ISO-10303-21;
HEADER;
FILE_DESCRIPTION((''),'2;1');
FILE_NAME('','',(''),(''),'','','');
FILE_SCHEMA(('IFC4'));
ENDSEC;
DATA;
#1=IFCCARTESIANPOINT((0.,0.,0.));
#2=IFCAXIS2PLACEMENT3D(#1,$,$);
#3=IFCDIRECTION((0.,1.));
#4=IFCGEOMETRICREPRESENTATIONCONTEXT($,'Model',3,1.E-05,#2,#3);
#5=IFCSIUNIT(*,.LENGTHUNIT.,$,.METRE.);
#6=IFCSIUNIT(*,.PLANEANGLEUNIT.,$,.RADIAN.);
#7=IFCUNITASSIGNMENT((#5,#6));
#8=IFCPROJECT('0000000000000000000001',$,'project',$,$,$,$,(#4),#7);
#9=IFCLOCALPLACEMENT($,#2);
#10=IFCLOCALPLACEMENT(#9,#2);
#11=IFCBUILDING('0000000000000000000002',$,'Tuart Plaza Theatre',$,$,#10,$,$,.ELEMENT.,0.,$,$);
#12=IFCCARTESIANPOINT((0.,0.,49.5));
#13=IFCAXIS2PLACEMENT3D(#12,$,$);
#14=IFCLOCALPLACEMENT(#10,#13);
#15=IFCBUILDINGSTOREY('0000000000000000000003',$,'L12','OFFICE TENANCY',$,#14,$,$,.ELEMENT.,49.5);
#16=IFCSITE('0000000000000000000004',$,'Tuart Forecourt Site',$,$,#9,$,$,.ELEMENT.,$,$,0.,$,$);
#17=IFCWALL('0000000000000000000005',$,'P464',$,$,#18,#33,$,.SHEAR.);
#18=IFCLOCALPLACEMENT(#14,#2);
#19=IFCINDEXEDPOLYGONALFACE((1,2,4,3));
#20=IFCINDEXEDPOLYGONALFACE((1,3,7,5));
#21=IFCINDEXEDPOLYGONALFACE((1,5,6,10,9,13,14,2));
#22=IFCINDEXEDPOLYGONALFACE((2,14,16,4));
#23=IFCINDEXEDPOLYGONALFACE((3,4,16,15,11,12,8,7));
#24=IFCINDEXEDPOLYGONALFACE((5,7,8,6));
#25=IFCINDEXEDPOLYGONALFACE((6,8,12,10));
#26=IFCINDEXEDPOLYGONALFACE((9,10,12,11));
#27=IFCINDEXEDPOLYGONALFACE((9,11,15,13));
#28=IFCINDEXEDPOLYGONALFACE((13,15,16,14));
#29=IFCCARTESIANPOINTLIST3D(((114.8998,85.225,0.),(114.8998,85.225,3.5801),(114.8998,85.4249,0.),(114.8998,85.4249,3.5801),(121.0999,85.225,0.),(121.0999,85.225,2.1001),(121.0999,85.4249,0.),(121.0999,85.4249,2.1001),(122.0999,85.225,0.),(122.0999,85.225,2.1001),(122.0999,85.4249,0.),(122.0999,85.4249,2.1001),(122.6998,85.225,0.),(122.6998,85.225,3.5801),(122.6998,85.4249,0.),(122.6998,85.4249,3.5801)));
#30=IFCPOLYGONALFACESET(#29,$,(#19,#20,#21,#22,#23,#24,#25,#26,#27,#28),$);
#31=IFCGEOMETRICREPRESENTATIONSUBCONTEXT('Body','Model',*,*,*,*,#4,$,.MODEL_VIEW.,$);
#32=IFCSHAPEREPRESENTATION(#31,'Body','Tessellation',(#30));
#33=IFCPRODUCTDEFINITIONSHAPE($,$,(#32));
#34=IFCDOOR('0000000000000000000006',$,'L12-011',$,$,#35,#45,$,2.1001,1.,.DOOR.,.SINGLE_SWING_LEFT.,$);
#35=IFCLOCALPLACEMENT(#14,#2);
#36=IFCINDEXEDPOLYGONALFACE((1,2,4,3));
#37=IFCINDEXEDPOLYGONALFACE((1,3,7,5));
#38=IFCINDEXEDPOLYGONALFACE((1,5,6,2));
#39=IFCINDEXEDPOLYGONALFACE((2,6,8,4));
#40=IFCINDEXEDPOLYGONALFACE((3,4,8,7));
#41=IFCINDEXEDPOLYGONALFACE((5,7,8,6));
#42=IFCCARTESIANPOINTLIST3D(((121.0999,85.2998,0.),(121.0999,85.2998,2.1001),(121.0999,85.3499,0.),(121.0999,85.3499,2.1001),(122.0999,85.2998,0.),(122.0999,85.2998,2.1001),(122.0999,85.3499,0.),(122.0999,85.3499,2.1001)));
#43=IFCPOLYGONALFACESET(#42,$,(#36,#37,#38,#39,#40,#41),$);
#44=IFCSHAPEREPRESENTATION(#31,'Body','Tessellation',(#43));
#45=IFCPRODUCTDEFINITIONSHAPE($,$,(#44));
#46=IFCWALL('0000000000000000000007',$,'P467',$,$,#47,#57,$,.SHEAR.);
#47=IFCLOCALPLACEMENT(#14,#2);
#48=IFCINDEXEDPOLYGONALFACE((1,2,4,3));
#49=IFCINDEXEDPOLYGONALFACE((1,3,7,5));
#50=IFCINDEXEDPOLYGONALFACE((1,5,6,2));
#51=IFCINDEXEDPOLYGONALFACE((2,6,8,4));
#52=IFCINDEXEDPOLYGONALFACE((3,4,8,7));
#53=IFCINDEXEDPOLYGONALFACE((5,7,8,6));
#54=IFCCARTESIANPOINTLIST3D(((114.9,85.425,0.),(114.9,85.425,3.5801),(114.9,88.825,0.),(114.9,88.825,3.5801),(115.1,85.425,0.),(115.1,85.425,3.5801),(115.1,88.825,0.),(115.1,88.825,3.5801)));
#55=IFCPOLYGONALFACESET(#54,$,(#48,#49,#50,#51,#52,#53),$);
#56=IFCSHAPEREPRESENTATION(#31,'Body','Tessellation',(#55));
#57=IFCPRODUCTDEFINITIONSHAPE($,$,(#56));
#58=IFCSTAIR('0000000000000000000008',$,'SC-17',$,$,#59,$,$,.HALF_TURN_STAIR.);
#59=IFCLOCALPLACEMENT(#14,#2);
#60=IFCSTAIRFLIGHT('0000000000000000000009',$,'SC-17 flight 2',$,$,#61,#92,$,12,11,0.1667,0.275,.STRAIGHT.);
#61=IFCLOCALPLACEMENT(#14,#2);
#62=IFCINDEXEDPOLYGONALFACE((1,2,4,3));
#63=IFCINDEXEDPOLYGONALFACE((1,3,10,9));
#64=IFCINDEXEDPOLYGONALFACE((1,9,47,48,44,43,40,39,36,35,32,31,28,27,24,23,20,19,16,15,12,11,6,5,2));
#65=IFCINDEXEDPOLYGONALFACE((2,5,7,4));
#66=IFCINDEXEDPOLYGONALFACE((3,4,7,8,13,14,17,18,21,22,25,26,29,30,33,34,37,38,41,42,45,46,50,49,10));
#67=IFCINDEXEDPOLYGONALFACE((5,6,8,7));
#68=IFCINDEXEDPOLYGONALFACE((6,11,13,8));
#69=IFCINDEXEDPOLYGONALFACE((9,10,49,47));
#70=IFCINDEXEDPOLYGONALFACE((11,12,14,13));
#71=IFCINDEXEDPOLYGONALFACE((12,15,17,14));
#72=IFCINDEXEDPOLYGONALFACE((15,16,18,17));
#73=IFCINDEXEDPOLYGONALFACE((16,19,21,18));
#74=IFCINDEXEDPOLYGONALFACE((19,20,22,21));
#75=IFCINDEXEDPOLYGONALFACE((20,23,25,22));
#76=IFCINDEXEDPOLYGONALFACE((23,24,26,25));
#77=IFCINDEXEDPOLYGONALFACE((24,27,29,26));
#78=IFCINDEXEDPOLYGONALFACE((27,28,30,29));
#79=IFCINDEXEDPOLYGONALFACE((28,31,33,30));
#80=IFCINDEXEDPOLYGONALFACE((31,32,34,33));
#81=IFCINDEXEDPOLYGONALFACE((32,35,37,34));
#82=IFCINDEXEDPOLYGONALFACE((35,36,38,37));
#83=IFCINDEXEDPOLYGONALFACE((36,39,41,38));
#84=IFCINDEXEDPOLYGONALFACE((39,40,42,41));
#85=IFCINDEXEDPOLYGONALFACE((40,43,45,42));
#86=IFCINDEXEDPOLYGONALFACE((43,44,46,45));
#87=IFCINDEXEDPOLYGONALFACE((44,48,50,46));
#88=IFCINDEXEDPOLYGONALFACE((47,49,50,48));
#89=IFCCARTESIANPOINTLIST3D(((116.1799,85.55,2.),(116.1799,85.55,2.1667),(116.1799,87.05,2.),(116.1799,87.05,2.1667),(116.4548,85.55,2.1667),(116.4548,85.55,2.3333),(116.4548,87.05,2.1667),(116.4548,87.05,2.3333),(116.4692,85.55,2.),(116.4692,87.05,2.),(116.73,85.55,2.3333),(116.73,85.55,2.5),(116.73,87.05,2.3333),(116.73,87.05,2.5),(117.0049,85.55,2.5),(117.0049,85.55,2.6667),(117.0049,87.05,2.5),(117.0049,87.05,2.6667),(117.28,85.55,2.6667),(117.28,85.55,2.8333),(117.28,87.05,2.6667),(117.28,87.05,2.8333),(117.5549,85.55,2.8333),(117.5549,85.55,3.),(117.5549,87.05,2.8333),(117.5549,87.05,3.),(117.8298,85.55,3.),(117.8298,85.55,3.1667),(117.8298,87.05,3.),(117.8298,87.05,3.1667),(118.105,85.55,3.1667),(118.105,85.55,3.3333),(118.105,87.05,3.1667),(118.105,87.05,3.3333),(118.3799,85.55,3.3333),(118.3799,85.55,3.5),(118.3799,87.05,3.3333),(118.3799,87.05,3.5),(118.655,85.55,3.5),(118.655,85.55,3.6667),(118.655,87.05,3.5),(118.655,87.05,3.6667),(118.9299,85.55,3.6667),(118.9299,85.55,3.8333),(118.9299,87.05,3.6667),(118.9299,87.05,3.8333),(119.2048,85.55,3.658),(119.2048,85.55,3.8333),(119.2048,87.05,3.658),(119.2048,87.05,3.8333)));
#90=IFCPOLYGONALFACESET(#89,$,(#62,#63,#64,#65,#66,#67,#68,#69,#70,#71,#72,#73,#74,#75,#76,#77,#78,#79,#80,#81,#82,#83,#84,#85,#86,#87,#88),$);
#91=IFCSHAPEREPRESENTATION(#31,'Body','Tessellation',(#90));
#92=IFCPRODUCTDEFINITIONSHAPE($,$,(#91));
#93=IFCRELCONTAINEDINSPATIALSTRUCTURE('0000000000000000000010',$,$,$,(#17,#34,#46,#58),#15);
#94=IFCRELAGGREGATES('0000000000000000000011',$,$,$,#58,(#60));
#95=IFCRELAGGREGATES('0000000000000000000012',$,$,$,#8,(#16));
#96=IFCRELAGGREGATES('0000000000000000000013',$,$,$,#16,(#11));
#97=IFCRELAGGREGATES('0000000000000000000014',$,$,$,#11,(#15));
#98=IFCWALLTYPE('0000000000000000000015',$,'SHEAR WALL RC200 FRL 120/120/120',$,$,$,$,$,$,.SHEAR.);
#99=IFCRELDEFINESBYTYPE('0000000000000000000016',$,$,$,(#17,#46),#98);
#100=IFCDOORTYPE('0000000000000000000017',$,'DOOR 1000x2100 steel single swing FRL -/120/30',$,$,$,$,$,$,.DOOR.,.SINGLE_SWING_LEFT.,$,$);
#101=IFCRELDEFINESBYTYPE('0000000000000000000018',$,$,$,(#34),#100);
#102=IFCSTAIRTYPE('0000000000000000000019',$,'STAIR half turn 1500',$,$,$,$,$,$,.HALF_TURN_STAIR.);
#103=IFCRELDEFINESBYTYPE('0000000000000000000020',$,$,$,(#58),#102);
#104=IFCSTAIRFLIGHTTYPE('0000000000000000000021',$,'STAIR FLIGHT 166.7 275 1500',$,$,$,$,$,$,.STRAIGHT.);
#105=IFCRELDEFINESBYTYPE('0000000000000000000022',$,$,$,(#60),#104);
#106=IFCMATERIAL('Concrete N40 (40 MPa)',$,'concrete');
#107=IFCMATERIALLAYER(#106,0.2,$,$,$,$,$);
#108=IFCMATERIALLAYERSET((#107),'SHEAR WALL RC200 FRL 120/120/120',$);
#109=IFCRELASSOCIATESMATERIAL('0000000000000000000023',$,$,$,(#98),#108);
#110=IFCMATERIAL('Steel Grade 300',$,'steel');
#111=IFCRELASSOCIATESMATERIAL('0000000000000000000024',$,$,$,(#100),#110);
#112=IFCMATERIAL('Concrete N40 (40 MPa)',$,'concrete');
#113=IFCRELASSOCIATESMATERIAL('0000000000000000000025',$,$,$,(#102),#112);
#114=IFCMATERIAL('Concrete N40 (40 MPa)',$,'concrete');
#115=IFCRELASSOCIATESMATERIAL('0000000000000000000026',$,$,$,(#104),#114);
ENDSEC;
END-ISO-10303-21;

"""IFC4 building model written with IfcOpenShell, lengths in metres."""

from ifc_helpers import new_model, si_unit, direction, frame, frame_2d, origin, place, context, subcontext, project, spatial, polyline, rectangle, outline, extrude, material, layer, layer_set, type_object, element, fill, aggregate, save


model = new_model("IFC4")

# Units and contexts
model_context = context("Model", 3, precision=1e-05, world=origin(), true_north=direction((0.0, 1.0)))
body_context = subcontext(model_context, "Body", "Model", "MODEL_VIEW")
ifc_project = project(units=[si_unit("LENGTHUNIT", "METRE"), si_unit("PLANEANGLEUNIT", "RADIAN")], contexts=[model_context])

# Site, building, storey
site_placement = place(None, origin())
site = spatial("IfcSite", under=ifc_project, at=site_placement, Name="Tuart Forecourt Site", CompositionType="ELEMENT", RefElevation=0.0)
building_placement = place(site_placement, origin())
building = spatial("IfcBuilding", under=site, at=building_placement, Name="Tuart Plaza Theatre", CompositionType="ELEMENT", ElevationOfRefHeight=0.0)
storey_placement = place(building_placement, frame((0.0, 0.0, 49.5)))
storey = spatial("IfcBuildingStorey", under=building, at=storey_placement, Name="L12", Description="OFFICE TENANCY", CompositionType="ELEMENT", Elevation=49.5)

# Wall, opening, door
ifc_material_1 = material(Name="Concrete N40 (40 MPa)", Category="concrete")
ifc_layer_1 = layer(ifc_material_1, 0.2)
ifc_layer_set_1 = layer_set([ifc_layer_1], Name="SHEAR WALL RC200 FRL 120/120/120")
wall_type_1 = type_object("IfcWallType", Name="SHEAR WALL RC200 FRL 120/120/120", PredefinedType="SHEAR", material=ifc_layer_set_1)
wall_1_placement = place(storey_placement, frame((114.8999, 85.325, 0.0), z_axis=(0.0, 0.0, 1.0), x_axis=(1.0, 0.0, 0.0)))
wall_1 = element("IfcWall", 1, at=wall_1_placement, inside=storey, type_object=wall_type_1, Name="P464", PredefinedType="SHEAR", context=body_context, shape_type="SweptSolid", body=[
    extrude(rectangle(XDim=7.8, YDim=0.2, at=frame_2d((3.8999, 0.0))), origin(), (0.0, 0.0, 1.0), 3.5801),
])
opening_placement = place(wall_1_placement, frame((6.2, 0.0, 0.0)))
opening = element("IfcOpeningElement", 2, at=opening_placement, cuts=wall_1, PredefinedType="OPENING", context=body_context, shape_type="SweptSolid", body=[
    extrude(rectangle(XDim=1.0, YDim=2.1001, at=frame_2d((0.5, 1.05))), frame((0.0, 0.1099, 0.0), z_axis=(0.0, -1.0, 0.0), x_axis=(1.0, 0.0, 0.0)), (0.0, 0.0, 1.0), 0.22),
])
ifc_material_2 = material(Name="Steel Grade 300", Category="steel")
door_type = type_object("IfcDoorType", Name="DOOR 1000x2100 steel single swing FRL -/120/30", OperationType="SINGLE_SWING_LEFT", PredefinedType="DOOR", material=ifc_material_2)
door_placement = place(opening_placement, origin())
door = element("IfcDoor", 3, at=door_placement, inside=storey, type_object=door_type, Name="L12-011", OperationType="SINGLE_SWING_LEFT", OverallHeight=2.1001, OverallWidth=1.0, PredefinedType="DOOR", context=body_context, shape_type="SweptSolid", body=[
    extrude(rectangle(XDim=1.0, YDim=2.1001, at=frame_2d((0.5, 1.05))), frame((0.0, 0.0249, 0.0), z_axis=(0.0, -1.0, 0.0), x_axis=(1.0, 0.0, 0.0)), (0.0, 0.0, 1.0), 0.05),
])
fill(opening, door)

# Wall
wall_2_placement = place(storey_placement, frame((115.0, 88.825, 0.0), z_axis=(0.0, 0.0, 1.0), x_axis=(0.0, -1.0, 0.0)))
element("IfcWall", 4, at=wall_2_placement, inside=storey, type_object=wall_type_1, Name="P467", PredefinedType="SHEAR", context=body_context, shape_type="SweptSolid", body=[
    extrude(rectangle(XDim=3.3999, YDim=0.2, at=frame_2d((1.7, 0.0))), origin(), (0.0, 0.0, 1.0), 3.5801),
])

# Stair, stair flight
ifc_material_3 = material(Name="Concrete N40 (40 MPa)", Category="concrete")
stair_type = type_object("IfcStairType", Name="STAIR half turn 1500", PredefinedType="HALF_TURN_STAIR", material=ifc_material_3)
stair_placement = place(storey_placement, origin())
stair = element("IfcStair", 5, at=stair_placement, inside=storey, type_object=stair_type, Name="SC-17", PredefinedType="HALF_TURN_STAIR")
ifc_material_4 = material(Name="Concrete N40 (40 MPa)", Category="concrete")
stair_flight_type = type_object("IfcStairFlightType", Name="STAIR FLIGHT 166.7 275 1500", PredefinedType="STRAIGHT", material=ifc_material_4)
stair_flight_placement = place(storey_placement, frame((116.1799, 86.3, 2.0), z_axis=(0.0, 0.0, 1.0), x_axis=(1.0, 0.0, 0.0)))
stair_flight = element("IfcStairFlight", 6, at=stair_flight_placement, type_object=stair_flight_type, Name="SC-17 flight 2", NumberOfRisers=12, NumberOfTreads=11, PredefinedType="STRAIGHT", RiserHeight=0.1667, TreadLength=0.275, context=body_context, shape_type="SweptSolid", body=[
    extrude(outline(polyline([(0.0, 0.0), (0.0, 0.1667), (0.2749, 0.1667), (0.2749, 0.3333), (0.55, 0.3333), (0.55, 0.5), (0.825, 0.5), (0.825, 0.6667), (1.1001, 0.6667), (1.1001, 0.8333), (1.375, 0.8333), (1.375, 1.0), (1.6499, 1.0), (1.6499, 1.1667), (1.925, 1.1667), (1.925, 1.3333), (2.2, 1.3333), (2.2, 1.5), (2.4751, 1.5), (2.4751, 1.6667), (2.75, 1.6667), (2.75, 1.8333), (3.0249, 1.8333), (3.0249, 2.0), (3.0249, 1.658), (0.2893, 0.0), (0.0, 0.0)])), frame((0.0, 0.75, 0.0), z_axis=(0.0, -1.0, 0.0), x_axis=(1.0, 0.0, 0.0)), (0.0, 0.0, 1.0), 1.5),
])
aggregate(stair, [stair_flight])

save(model, "model.ifc")
